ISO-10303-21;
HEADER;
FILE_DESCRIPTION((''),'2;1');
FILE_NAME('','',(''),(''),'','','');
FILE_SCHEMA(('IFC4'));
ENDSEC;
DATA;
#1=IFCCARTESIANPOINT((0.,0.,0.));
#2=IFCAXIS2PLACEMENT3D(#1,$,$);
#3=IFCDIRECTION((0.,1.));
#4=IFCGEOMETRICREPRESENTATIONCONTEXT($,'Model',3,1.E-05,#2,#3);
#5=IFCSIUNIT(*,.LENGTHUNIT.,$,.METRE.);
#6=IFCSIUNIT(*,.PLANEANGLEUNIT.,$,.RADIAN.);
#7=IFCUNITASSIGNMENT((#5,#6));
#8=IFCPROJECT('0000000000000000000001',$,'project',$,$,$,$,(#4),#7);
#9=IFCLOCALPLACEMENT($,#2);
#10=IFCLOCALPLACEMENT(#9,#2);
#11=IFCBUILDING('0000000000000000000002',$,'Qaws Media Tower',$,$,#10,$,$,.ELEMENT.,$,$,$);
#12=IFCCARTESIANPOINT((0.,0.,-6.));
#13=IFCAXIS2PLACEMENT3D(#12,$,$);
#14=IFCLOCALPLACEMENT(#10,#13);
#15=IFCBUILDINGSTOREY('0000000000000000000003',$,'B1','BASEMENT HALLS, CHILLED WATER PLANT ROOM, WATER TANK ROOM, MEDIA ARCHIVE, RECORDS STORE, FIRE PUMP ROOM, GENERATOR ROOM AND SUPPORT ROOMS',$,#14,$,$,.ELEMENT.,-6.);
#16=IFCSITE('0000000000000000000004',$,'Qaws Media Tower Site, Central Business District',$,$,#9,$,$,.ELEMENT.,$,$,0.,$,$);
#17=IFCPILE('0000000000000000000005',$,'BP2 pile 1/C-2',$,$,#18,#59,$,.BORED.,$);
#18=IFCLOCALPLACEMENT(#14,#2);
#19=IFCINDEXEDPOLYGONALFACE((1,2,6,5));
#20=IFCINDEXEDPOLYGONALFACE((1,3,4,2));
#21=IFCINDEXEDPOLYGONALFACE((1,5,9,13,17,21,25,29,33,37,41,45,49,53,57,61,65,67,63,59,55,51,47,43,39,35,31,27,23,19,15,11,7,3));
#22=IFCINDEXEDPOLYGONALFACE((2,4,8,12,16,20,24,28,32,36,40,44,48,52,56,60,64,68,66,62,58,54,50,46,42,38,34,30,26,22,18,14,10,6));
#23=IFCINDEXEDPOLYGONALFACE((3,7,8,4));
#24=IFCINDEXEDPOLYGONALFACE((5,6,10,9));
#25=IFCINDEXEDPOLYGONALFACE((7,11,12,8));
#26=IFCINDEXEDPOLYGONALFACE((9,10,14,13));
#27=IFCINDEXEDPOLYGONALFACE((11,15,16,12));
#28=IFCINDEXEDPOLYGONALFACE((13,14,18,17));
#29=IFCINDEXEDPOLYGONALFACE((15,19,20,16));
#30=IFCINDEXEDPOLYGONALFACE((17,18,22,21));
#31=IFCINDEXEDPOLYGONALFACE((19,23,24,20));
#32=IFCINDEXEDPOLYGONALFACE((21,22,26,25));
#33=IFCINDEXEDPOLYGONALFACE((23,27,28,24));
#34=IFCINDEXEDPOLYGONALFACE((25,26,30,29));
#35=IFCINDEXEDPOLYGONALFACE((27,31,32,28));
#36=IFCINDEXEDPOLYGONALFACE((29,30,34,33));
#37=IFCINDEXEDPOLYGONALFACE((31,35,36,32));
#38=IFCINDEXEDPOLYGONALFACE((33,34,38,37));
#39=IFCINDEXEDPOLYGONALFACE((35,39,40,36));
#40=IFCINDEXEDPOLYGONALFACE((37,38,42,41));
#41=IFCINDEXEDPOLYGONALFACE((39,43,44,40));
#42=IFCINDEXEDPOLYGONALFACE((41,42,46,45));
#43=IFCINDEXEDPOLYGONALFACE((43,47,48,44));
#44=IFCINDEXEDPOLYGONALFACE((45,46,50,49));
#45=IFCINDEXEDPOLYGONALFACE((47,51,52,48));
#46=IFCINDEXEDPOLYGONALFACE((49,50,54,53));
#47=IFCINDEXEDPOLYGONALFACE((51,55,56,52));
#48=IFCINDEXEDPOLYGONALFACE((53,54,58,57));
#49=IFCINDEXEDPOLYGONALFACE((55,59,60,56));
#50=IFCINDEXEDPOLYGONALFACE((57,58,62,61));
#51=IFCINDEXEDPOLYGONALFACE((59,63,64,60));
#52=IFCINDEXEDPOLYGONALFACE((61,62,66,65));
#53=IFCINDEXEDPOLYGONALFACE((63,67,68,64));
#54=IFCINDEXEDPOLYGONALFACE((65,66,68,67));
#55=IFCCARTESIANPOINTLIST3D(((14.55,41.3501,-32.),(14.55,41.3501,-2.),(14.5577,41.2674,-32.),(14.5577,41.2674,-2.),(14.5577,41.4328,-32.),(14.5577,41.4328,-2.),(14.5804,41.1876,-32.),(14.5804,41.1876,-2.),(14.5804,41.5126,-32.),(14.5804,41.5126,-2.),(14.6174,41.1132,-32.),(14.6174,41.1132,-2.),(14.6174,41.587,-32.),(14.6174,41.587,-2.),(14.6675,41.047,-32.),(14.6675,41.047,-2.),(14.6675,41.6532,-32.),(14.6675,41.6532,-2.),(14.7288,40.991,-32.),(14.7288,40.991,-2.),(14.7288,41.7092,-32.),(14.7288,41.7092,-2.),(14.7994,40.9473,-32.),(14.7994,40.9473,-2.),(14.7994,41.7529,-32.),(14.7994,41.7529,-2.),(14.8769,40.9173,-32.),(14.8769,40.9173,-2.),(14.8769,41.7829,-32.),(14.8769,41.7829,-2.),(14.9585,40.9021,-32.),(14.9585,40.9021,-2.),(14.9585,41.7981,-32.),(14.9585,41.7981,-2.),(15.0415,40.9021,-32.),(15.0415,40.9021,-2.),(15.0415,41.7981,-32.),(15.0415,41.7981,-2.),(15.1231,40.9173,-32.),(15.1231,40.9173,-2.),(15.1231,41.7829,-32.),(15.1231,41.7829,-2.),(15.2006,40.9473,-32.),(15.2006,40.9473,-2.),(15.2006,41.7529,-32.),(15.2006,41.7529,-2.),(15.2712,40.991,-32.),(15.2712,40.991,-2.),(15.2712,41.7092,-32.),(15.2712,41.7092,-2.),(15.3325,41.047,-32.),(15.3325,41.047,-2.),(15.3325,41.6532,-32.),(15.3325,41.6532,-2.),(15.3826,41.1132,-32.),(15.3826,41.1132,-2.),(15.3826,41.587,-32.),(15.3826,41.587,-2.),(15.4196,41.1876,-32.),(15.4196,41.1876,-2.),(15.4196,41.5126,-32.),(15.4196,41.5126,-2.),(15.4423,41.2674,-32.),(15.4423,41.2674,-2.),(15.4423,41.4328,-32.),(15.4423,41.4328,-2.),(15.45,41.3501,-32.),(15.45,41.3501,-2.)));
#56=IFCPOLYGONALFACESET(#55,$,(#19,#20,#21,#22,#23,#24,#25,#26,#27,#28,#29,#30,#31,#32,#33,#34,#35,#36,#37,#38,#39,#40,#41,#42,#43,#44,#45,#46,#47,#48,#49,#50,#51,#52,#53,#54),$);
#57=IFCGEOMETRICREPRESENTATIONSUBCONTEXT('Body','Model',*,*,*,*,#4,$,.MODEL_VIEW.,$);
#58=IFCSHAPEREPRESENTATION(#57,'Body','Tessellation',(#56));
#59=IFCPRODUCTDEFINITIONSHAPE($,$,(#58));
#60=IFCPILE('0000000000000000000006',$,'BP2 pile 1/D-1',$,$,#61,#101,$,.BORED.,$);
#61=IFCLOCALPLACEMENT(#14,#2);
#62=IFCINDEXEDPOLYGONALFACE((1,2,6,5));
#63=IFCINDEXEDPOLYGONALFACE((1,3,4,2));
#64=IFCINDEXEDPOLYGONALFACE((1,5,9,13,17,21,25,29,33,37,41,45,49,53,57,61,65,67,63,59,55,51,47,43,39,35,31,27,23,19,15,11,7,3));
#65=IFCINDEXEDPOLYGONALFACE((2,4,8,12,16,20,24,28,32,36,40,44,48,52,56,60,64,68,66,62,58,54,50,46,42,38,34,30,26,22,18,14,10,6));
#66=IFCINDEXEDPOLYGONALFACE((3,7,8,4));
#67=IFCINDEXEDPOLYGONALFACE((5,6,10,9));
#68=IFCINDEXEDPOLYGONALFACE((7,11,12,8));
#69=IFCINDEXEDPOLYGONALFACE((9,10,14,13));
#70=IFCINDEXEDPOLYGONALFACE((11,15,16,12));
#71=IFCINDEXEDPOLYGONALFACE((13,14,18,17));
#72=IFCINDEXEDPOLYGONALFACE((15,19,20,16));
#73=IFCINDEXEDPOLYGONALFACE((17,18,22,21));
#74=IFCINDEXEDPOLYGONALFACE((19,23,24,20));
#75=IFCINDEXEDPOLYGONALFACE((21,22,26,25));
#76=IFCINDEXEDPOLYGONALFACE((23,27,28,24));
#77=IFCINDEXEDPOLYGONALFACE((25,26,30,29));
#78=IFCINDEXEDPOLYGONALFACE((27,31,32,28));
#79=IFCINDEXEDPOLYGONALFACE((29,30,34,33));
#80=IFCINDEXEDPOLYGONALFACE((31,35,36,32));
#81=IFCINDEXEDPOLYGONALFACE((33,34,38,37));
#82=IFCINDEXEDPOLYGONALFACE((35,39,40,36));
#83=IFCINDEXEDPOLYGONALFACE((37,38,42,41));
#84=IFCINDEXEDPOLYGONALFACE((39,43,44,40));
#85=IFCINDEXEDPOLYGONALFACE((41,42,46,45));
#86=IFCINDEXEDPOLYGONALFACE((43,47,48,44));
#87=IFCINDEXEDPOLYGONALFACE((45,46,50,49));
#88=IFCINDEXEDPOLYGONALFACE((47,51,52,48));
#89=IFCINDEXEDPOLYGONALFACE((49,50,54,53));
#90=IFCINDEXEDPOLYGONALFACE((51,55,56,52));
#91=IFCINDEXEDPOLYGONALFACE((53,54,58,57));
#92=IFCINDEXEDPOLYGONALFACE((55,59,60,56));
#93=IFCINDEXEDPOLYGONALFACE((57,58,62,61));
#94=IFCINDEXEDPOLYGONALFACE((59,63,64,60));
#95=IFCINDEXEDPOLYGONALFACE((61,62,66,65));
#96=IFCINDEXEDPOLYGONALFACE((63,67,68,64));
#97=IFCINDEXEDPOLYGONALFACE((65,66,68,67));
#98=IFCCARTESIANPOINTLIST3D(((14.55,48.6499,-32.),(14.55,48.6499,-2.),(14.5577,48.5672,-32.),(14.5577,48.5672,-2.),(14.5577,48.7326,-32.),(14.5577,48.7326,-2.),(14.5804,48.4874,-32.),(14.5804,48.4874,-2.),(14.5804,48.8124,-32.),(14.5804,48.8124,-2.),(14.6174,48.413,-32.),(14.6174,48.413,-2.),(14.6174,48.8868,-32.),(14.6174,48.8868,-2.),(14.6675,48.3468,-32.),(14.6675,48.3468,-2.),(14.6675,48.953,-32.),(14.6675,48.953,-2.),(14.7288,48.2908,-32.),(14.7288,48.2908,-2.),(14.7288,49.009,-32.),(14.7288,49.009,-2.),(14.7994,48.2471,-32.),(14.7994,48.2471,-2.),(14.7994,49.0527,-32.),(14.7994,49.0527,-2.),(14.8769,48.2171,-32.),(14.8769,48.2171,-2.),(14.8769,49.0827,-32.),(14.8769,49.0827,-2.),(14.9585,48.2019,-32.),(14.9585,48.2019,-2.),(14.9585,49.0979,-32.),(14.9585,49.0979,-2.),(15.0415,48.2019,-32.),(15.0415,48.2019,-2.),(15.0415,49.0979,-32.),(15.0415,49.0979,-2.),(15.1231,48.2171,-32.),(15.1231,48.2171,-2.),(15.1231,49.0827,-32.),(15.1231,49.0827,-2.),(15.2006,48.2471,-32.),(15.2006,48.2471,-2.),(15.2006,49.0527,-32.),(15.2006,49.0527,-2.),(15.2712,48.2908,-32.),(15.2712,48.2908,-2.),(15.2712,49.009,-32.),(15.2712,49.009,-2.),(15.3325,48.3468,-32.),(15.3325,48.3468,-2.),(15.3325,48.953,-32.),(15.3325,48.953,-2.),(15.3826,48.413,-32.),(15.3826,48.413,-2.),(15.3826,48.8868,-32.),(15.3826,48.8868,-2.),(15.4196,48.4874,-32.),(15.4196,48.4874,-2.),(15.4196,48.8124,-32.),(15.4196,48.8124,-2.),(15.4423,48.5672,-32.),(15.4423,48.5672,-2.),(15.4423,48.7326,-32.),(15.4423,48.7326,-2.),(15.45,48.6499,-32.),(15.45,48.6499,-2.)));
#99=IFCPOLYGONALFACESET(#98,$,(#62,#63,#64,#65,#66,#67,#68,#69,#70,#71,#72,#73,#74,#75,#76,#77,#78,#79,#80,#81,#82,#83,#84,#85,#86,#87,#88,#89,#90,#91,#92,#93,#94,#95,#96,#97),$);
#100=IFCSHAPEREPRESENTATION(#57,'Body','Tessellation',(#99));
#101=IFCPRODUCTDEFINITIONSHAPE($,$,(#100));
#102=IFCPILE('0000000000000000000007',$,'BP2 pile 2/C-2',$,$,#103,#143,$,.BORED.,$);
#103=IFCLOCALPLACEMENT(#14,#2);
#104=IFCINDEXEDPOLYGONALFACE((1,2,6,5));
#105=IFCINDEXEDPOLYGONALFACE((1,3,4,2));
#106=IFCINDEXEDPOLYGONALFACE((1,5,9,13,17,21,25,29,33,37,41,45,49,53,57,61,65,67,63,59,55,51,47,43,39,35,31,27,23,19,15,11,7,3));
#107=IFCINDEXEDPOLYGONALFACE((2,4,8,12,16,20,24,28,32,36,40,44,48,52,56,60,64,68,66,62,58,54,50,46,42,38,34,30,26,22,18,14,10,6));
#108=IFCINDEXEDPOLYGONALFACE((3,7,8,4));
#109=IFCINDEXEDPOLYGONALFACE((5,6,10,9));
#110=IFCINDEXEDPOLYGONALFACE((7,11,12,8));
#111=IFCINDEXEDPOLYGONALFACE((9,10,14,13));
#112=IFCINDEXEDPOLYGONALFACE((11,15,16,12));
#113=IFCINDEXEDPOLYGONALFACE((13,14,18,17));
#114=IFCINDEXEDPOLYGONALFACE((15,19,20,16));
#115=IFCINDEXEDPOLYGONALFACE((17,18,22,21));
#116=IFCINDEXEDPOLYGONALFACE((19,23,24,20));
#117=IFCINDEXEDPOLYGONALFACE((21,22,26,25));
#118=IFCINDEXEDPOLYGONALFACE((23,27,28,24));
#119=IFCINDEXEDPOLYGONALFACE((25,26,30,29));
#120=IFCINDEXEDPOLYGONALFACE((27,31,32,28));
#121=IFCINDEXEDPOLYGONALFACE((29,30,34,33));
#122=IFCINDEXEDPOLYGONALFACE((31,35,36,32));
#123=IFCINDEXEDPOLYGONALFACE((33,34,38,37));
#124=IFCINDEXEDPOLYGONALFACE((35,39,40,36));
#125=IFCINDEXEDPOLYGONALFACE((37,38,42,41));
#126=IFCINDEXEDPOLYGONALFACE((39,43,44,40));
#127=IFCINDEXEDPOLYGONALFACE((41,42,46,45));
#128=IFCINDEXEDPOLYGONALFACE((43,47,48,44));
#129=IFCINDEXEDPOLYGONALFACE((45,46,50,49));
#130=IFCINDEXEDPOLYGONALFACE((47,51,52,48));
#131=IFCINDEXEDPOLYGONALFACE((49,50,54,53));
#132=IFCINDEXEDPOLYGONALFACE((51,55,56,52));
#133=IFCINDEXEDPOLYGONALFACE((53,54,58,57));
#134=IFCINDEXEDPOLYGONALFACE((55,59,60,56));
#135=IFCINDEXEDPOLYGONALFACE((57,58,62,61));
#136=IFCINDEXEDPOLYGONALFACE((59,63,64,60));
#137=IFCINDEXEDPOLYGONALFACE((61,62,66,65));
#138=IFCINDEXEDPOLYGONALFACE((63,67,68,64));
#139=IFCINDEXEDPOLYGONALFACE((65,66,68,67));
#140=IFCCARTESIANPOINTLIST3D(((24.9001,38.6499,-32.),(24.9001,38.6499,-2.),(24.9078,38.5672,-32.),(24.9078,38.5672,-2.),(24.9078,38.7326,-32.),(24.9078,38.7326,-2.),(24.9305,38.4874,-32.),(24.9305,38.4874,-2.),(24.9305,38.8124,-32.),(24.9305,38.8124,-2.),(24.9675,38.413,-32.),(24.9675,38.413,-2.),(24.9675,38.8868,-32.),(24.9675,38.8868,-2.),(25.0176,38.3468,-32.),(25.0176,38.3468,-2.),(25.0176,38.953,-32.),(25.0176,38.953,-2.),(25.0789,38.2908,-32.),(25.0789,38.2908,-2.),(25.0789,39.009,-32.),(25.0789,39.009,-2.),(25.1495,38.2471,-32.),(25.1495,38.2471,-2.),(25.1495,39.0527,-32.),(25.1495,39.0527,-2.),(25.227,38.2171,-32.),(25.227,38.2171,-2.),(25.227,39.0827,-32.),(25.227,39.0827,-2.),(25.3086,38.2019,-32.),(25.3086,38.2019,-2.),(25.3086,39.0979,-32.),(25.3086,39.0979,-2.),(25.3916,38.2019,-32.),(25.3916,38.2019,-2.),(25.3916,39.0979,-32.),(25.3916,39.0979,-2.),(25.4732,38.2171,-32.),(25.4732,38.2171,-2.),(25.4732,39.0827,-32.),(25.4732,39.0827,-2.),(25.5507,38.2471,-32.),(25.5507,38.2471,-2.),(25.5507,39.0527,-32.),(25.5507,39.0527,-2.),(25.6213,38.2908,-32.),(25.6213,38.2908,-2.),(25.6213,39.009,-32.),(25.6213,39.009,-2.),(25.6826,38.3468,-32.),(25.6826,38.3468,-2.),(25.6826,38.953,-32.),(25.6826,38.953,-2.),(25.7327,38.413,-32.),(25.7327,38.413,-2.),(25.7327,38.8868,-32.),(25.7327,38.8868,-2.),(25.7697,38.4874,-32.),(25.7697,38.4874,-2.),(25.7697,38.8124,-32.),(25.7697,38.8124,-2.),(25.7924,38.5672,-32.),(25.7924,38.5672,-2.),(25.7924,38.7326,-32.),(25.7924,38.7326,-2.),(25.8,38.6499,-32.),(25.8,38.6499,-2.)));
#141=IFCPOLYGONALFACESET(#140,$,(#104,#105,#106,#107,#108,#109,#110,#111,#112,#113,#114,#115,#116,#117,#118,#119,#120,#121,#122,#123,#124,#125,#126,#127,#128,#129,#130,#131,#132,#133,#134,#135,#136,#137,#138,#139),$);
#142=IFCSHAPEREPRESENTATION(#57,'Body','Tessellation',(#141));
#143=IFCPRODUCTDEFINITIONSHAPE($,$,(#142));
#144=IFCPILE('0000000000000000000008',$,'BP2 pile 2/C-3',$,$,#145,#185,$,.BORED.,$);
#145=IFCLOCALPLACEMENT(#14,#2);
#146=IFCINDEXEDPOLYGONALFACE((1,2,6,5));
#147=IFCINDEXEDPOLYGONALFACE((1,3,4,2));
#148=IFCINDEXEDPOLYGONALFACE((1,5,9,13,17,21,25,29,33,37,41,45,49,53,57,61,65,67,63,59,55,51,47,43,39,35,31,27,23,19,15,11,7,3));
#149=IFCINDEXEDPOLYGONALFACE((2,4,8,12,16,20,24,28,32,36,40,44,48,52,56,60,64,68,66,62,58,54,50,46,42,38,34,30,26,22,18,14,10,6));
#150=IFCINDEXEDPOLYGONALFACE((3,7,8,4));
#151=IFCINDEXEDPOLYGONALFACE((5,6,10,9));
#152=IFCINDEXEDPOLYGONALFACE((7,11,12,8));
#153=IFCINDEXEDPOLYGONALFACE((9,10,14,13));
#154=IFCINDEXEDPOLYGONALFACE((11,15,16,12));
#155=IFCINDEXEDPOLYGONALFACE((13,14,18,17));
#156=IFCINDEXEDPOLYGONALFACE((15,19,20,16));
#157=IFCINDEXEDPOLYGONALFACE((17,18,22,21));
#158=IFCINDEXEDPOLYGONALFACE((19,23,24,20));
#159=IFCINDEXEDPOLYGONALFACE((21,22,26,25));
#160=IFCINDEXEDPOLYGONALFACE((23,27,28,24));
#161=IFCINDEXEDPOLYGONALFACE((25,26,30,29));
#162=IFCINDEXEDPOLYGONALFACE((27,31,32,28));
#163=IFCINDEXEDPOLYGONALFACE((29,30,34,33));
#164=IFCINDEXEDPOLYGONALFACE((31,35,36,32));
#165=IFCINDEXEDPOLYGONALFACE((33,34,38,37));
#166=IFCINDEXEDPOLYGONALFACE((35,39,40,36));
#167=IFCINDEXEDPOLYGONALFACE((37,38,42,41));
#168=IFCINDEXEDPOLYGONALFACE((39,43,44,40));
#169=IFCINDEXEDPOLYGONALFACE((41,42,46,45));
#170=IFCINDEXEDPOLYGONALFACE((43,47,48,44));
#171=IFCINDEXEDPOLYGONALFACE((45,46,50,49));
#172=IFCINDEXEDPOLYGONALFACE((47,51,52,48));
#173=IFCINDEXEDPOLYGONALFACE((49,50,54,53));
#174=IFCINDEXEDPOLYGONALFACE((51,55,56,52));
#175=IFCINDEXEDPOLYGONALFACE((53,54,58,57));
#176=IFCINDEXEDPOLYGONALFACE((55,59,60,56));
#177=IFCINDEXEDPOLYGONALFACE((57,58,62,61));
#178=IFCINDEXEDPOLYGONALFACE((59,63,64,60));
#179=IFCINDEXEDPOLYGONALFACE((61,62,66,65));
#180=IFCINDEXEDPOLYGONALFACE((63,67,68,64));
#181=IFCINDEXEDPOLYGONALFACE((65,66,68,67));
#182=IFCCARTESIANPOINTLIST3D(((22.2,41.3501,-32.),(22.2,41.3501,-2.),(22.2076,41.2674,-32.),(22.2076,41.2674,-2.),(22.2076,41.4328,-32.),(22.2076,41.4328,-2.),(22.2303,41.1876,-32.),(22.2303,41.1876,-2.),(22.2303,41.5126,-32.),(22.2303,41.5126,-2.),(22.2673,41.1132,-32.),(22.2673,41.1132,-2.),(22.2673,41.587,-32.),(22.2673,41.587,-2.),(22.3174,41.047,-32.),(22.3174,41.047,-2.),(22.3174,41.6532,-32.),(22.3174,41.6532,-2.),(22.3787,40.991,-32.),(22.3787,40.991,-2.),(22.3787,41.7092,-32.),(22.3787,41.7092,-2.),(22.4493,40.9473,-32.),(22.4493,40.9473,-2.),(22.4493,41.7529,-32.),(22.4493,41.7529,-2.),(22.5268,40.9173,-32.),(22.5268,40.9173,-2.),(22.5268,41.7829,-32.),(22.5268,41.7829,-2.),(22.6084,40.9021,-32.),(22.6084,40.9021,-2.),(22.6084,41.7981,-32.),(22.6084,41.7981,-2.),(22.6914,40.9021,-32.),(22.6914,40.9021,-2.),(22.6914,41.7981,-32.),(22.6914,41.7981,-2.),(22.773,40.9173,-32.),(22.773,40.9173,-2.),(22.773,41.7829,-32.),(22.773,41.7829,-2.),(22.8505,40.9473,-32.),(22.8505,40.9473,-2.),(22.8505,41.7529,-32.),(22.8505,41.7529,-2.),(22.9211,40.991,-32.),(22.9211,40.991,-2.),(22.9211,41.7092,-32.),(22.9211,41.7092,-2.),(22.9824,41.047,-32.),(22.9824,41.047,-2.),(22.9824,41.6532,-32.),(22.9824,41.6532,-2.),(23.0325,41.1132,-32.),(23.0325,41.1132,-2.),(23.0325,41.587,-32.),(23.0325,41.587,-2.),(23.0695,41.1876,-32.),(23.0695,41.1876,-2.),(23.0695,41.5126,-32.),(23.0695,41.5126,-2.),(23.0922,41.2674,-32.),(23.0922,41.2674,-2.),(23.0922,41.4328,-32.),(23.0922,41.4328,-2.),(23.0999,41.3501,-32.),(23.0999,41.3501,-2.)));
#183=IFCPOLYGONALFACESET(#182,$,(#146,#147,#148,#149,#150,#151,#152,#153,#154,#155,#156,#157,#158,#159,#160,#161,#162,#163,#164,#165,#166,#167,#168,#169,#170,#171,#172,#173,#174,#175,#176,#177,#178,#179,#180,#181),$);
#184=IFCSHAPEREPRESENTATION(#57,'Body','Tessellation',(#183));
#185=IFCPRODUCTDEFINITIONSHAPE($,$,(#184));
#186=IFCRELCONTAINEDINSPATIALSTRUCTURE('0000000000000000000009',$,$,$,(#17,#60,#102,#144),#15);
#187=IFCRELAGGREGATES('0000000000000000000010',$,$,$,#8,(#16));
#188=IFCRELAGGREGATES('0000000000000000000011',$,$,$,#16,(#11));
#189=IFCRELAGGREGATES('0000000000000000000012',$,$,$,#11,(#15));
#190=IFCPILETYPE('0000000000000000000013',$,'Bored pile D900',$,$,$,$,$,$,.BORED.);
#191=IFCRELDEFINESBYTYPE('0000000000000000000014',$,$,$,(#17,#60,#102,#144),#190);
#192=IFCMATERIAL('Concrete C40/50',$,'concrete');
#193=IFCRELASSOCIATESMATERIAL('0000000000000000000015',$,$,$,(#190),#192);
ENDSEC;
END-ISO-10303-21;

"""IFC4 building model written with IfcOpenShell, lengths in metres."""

from ifc_helpers import new_model, si_unit, direction, frame, origin, origin_2d, place, context, subcontext, project, spatial, circle, extrude, material, material_profile, profile_set, type_object, element, save


model = new_model("IFC4")

# Units and contexts
model_context = context("Model", 3, precision=1e-05, world=origin(), true_north=direction((0.0, 1.0)))
body_context = subcontext(model_context, "Body", "Model", "MODEL_VIEW")
ifc_project = project(units=[si_unit("LENGTHUNIT", "METRE"), si_unit("PLANEANGLEUNIT", "RADIAN")], contexts=[model_context])

# Site, building, storey
site_placement = place(None, origin())
site = spatial("IfcSite", under=ifc_project, at=site_placement, Name="Qaws Media Tower Site, Central Business District", CompositionType="ELEMENT", RefElevation=0.0)
building_placement = place(site_placement, origin())
building = spatial("IfcBuilding", under=site, at=building_placement, Name="Qaws Media Tower", CompositionType="ELEMENT")
storey_placement = place(building_placement, frame((0.0, 0.0, -6.0)))
storey = spatial("IfcBuildingStorey", under=building, at=storey_placement, Name="B1", Description="BASEMENT HALLS, CHILLED WATER PLANT ROOM, WATER TANK ROOM, MEDIA ARCHIVE, RECORDS STORE, FIRE PUMP ROOM, GENERATOR ROOM AND SUPPORT ROOMS", CompositionType="ELEMENT", Elevation=-6.0)

# Piles
ifc_material_1 = material(Name="Concrete C40/50", Category="concrete")
ifc_material_profile_1 = material_profile(ifc_material_1, circle(Radius=0.45, at=origin_2d()), Name="D900")
ifc_profile_set_1 = profile_set([ifc_material_profile_1], Name="Concrete C40/50")
pile_type = type_object("IfcPileType", Name="Bored pile D900", PredefinedType="BORED", material=ifc_profile_set_1)
for number, where, z_axis, x_axis, name in (
    (1, (15.0, 41.3501, -2.0), (0.0, 0.0, -1.0), (1.0, 0.0, 0.0), "BP2 pile 1/C-2"),
    (2, (15.0, 48.6499, -2.0), (0.0, 0.0, -1.0), (1.0, 0.0, 0.0), "BP2 pile 1/D-1"),
    (3, (25.3501, 38.6499, -2.0), (0.0, 0.0, -1.0), (1.0, 0.0, 0.0), "BP2 pile 2/C-2"),
    (4, (22.6499, 41.3501, -2.0), (0.0, 0.0, -1.0), (1.0, 0.0, 0.0), "BP2 pile 2/C-3"),
):
    element("IfcPile", number, at=place(storey_placement, frame(where, z_axis=z_axis, x_axis=x_axis)), inside=storey, type_object=pile_type, Name=name, PredefinedType="BORED", context=body_context, shape_type="SweptSolid", body=[
        extrude(circle(Radius=0.45, at=origin_2d()), origin(), (0.0, 0.0, 1.0), 30.0),
    ])

save(model, "model.ifc")
